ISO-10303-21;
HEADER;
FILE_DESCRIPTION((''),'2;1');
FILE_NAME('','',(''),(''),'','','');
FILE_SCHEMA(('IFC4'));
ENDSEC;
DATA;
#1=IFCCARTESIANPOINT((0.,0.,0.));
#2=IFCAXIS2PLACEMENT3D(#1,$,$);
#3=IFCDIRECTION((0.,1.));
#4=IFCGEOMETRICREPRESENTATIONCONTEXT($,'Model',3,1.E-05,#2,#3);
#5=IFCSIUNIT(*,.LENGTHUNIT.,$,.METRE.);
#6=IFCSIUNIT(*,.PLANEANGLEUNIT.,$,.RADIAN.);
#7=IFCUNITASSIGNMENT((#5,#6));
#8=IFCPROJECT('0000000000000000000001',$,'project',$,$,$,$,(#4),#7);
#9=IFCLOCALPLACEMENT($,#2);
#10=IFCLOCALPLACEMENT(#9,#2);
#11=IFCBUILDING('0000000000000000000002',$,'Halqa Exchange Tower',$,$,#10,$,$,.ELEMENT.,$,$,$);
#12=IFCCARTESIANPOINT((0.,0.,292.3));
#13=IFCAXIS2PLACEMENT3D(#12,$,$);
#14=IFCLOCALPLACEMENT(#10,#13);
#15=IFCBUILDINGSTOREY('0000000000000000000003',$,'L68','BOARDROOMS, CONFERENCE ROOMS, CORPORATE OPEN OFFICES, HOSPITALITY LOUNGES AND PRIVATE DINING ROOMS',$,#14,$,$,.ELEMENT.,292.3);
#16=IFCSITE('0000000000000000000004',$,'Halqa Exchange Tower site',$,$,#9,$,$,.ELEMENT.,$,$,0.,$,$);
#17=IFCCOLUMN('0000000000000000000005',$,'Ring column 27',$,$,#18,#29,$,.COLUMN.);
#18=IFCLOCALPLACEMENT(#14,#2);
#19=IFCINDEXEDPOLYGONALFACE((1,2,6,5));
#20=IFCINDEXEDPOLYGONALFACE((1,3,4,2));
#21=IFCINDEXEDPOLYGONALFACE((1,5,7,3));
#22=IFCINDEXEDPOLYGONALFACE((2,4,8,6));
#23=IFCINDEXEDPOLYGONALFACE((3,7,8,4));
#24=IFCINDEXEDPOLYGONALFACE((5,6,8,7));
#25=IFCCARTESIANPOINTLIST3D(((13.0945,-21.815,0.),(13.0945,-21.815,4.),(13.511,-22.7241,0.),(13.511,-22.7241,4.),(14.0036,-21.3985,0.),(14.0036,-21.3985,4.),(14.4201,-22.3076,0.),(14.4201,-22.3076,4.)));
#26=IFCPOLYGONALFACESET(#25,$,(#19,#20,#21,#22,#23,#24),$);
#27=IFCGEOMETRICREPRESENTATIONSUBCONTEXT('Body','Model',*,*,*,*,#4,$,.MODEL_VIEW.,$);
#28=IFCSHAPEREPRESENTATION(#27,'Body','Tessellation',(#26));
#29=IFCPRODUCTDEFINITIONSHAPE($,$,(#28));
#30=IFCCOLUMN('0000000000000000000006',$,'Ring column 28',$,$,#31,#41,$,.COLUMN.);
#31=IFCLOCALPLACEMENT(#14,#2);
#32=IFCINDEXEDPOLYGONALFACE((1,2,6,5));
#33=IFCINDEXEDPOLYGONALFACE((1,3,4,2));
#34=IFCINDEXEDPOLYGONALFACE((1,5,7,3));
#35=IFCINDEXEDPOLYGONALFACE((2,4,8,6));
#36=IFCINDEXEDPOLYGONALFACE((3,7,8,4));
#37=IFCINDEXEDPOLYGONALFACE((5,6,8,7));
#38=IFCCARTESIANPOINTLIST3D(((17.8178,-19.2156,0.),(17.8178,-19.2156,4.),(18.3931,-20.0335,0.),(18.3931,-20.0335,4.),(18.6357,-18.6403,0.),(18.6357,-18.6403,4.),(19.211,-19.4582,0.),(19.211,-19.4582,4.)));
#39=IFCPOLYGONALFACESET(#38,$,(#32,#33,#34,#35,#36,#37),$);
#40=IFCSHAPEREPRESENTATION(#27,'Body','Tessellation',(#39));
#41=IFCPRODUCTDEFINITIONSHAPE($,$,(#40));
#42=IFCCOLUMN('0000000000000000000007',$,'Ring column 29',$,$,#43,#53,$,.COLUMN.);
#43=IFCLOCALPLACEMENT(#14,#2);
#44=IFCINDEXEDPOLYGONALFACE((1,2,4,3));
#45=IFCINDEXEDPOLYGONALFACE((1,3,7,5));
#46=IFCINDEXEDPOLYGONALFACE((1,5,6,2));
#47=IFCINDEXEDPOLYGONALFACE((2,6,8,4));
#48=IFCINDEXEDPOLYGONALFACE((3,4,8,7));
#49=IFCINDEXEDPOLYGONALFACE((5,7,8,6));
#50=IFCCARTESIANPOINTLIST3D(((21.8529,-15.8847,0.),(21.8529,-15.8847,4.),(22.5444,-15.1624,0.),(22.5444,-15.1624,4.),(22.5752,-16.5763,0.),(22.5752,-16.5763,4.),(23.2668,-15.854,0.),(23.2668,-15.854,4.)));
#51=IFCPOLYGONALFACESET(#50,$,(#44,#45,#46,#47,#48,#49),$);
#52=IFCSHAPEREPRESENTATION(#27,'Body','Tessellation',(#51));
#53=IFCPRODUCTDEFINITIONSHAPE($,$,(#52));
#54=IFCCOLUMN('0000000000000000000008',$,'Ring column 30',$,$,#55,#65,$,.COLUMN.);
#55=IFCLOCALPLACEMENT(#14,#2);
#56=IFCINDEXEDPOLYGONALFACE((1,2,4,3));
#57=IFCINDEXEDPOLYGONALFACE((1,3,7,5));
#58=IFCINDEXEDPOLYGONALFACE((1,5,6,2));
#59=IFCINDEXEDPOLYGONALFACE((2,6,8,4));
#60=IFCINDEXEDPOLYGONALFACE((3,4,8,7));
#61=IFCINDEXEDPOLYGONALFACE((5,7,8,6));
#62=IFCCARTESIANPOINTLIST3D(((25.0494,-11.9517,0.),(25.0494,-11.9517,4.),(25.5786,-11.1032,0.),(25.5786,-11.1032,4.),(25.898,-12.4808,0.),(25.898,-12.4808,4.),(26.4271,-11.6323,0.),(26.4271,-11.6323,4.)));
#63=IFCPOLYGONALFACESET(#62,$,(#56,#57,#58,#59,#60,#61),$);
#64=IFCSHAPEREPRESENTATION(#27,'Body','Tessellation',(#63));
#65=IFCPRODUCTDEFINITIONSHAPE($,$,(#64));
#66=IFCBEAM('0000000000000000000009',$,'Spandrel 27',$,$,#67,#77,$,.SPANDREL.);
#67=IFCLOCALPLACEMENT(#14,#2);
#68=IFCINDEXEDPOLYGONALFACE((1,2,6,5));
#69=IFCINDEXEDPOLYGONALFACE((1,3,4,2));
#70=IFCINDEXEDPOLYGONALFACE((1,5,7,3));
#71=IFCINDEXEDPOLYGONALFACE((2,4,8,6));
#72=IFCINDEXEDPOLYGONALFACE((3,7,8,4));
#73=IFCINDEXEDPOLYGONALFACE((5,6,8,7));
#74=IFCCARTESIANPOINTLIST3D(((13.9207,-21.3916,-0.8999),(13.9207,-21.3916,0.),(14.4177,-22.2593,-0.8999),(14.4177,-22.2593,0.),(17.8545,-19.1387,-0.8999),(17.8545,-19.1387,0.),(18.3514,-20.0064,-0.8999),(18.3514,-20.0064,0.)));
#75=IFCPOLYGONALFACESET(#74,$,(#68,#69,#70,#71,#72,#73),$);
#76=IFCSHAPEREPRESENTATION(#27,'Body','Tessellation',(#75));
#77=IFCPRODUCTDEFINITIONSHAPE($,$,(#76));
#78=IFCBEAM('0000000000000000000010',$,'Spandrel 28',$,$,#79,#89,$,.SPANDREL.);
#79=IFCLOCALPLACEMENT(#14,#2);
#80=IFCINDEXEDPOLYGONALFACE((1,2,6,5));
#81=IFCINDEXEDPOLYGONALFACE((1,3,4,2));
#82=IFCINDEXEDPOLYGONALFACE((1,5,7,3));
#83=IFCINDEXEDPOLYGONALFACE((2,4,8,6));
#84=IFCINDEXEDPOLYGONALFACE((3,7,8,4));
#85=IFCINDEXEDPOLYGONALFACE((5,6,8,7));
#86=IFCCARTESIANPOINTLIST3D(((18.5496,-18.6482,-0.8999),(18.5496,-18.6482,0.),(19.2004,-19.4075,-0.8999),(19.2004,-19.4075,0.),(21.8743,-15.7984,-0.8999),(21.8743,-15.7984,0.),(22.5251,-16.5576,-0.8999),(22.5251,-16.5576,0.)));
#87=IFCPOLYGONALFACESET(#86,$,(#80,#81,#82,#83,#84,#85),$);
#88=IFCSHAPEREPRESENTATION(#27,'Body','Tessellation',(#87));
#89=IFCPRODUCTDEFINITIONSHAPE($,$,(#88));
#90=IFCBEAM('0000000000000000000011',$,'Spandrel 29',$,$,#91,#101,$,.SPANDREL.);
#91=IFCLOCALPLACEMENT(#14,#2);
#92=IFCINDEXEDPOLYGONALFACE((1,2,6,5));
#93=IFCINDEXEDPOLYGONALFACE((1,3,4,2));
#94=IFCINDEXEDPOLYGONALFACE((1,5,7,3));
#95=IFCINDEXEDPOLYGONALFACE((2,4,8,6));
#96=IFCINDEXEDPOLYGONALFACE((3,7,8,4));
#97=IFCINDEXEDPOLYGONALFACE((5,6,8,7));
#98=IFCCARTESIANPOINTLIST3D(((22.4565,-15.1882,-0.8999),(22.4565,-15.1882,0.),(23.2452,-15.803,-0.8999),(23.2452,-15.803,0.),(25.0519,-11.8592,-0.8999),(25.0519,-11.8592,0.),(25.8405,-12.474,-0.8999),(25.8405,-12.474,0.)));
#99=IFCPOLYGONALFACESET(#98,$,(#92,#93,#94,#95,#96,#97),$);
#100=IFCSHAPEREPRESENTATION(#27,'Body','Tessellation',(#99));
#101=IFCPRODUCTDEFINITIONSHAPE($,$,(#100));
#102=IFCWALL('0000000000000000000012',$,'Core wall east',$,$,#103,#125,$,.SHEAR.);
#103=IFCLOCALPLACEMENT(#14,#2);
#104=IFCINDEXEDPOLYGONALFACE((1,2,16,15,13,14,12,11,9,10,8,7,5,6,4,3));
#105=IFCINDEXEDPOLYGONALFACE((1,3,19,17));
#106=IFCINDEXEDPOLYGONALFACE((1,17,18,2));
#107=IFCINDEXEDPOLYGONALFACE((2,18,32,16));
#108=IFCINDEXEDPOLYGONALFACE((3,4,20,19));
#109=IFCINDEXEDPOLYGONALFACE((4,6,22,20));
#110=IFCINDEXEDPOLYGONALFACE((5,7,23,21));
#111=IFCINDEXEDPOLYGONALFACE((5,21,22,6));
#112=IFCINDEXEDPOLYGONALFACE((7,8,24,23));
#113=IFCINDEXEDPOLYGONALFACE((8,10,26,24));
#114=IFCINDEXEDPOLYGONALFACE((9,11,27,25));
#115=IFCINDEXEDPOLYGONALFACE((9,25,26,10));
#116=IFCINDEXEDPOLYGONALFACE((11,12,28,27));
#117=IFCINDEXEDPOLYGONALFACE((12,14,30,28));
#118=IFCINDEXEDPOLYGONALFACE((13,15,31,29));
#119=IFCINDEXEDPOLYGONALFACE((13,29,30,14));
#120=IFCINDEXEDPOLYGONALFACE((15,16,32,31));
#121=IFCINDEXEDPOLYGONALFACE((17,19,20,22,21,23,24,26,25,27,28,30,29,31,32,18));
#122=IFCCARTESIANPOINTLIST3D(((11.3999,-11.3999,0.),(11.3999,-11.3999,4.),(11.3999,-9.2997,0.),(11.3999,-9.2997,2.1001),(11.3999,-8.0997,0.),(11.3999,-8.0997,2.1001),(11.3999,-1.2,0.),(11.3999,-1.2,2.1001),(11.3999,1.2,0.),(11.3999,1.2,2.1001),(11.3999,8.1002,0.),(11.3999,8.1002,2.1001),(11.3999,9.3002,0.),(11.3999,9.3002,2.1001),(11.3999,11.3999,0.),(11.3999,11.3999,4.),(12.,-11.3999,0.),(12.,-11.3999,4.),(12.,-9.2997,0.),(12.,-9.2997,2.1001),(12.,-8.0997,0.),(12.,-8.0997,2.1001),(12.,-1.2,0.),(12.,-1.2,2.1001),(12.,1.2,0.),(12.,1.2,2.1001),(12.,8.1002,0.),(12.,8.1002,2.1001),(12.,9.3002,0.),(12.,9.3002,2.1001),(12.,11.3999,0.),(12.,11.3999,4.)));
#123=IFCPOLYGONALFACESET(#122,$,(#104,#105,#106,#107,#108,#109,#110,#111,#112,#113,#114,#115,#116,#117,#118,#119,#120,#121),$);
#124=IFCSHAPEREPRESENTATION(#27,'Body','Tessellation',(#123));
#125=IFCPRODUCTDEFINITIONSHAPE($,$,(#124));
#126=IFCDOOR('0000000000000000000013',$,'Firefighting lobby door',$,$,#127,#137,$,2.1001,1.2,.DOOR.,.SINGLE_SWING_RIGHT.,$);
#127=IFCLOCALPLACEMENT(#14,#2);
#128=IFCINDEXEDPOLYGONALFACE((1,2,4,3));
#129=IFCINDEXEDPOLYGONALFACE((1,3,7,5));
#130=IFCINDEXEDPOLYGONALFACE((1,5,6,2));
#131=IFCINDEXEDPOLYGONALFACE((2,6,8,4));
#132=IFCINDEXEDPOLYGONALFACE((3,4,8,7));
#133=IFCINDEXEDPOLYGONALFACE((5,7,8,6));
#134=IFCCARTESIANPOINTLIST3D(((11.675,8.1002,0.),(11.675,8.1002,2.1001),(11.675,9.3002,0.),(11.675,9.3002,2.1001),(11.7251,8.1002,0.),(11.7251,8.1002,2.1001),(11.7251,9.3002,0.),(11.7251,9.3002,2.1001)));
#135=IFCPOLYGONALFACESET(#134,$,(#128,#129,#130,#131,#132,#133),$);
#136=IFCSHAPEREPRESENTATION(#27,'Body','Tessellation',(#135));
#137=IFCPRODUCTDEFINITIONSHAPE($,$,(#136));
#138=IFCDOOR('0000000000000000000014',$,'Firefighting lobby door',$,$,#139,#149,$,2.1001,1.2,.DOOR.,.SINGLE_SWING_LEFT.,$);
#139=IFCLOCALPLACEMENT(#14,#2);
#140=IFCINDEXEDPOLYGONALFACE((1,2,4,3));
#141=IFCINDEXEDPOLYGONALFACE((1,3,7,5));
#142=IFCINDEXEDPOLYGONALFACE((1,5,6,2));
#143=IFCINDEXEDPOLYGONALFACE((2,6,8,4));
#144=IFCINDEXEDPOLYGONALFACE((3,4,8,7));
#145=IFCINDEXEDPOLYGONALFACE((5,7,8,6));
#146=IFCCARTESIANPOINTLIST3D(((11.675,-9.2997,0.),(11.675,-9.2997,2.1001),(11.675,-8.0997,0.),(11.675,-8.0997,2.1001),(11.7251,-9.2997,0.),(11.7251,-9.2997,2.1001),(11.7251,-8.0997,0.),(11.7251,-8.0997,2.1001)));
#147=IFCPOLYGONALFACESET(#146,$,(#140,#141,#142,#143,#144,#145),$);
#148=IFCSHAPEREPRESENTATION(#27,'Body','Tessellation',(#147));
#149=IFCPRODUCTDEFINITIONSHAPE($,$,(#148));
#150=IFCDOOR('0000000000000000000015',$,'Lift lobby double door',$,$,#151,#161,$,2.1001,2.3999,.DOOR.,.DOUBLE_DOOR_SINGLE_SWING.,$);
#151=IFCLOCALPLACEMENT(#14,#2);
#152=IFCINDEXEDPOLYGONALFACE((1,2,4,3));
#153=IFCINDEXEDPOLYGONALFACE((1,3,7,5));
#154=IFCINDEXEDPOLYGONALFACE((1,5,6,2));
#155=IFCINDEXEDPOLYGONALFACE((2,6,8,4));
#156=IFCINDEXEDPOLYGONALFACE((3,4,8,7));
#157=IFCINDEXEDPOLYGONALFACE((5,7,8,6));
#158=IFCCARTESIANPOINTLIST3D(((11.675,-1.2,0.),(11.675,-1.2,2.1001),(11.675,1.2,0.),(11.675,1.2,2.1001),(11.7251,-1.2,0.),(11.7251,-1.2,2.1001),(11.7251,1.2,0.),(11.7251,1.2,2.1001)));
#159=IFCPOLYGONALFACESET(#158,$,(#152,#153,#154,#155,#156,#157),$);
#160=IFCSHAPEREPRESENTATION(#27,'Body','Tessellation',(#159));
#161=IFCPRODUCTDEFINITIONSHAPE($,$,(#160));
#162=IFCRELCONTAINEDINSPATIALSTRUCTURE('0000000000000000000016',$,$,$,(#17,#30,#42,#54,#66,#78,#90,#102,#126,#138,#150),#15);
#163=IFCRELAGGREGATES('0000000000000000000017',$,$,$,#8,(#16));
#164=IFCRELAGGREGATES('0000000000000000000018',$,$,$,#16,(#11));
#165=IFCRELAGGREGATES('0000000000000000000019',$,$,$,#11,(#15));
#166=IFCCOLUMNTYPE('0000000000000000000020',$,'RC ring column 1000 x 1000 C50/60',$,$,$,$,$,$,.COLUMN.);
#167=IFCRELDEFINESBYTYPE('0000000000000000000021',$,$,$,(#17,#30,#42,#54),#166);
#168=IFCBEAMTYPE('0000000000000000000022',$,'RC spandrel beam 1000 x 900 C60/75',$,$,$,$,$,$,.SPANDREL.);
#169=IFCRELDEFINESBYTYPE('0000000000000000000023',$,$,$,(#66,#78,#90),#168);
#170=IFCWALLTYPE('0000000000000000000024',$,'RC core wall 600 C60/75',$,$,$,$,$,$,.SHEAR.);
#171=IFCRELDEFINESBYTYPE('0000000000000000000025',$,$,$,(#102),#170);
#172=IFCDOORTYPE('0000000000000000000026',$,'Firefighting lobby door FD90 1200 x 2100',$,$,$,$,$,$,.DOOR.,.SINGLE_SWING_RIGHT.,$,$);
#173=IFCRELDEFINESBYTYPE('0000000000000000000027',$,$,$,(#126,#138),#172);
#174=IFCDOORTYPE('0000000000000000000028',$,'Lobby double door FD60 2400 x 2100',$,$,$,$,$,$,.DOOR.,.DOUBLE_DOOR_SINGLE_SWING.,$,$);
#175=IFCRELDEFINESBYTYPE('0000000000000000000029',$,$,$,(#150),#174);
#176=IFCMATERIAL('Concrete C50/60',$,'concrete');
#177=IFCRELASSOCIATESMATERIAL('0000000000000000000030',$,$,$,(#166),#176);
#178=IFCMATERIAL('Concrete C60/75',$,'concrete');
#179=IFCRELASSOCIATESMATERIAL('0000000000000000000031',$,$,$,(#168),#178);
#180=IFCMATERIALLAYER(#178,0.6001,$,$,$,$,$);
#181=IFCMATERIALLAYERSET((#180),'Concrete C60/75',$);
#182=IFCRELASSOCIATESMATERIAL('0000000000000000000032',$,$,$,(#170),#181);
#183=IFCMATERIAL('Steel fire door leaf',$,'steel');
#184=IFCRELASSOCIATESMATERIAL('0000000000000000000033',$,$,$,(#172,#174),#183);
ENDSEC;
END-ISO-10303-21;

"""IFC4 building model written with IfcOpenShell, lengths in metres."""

from ifc_helpers import new_model, si_unit, direction, frame, frame_2d, origin, origin_2d, place, context, subcontext, project, spatial, rectangle, extrude, material, layer, layer_set, material_profile, profile_set, type_object, element, fill, save


model = new_model("IFC4")

# Units and contexts
model_context = context("Model", 3, precision=1e-05, world=origin(), true_north=direction((0.0, 1.0)))
body_context = subcontext(model_context, "Body", "Model", "MODEL_VIEW")
ifc_project = project(units=[si_unit("LENGTHUNIT", "METRE"), si_unit("PLANEANGLEUNIT", "RADIAN")], contexts=[model_context])

# Site, building, storey
site_placement = place(None, origin())
site = spatial("IfcSite", under=ifc_project, at=site_placement, Name="Halqa Exchange Tower site", CompositionType="ELEMENT", RefElevation=0.0)
building_placement = place(site_placement, origin())
building = spatial("IfcBuilding", under=site, at=building_placement, Name="Halqa Exchange Tower", CompositionType="ELEMENT")
storey_placement = place(building_placement, frame((0.0, 0.0, 292.3)))
storey = spatial("IfcBuildingStorey", under=building, at=storey_placement, Name="L68", Description="BOARDROOMS, CONFERENCE ROOMS, CORPORATE OPEN OFFICES, HOSPITALITY LOUNGES AND PRIVATE DINING ROOMS", CompositionType="ELEMENT", Elevation=292.3)

# Columns
ifc_material_1 = material(Name="Concrete C50/60", Category="concrete")
ifc_material_profile_1 = material_profile(ifc_material_1, rectangle(XDim=1.0, YDim=1.0, at=origin_2d()), Name="1000 x 1000")
ifc_profile_set_1 = profile_set([ifc_material_profile_1], Name="Concrete C50/60")
column_type = type_object("IfcColumnType", Name="RC ring column 1000 x 1000 C50/60", PredefinedType="COLUMN", material=ifc_profile_set_1)
for number, where, z_axis, x_axis, name in (
    (1, (13.7573, -22.0613, 0.0), (0.0, 0.0, 1.0), (0.909129, 0.416516, 0.0), "Ring column 27"),
    (2, (18.5144, -19.3369, 0.0), (0.0, 0.0, 1.0), (0.817906, 0.575352, 0.0), "Ring column 28"),
    (3, (22.5598, -15.8694, 0.0), (0.0, 0.0, 1.0), (0.691575, 0.722305, 0.0), "Ring column 29"),
    (4, (25.7383, -11.792, 0.0), (0.0, 0.0, 1.0), (0.529142, 0.848533, 0.0), "Ring column 30"),
):
    element("IfcColumn", number, at=place(storey_placement, frame(where, z_axis=z_axis, x_axis=x_axis)), inside=storey, type_object=column_type, Name=name, PredefinedType="COLUMN", context=body_context, shape_type="SweptSolid", body=[
        extrude(rectangle(XDim=1.0, YDim=1.0, at=origin_2d()), origin(), (0.0, 0.0, 1.0), 4.0),
    ])

# Beams
ifc_material_2 = material(Name="Concrete C60/75", Category="concrete")
ifc_material_profile_2 = material_profile(ifc_material_2, rectangle(XDim=1.0, YDim=0.8999, at=origin_2d()), Name="1000 x 900")
ifc_profile_set_2 = profile_set([ifc_material_profile_2], Name="Concrete C60/75")
beam_type = type_object("IfcBeamType", Name="RC spandrel beam 1000 x 900 C60/75", PredefinedType="SPANDREL", material=ifc_profile_set_2)
beam_1_placement = place(storey_placement, frame((14.1692, -21.8254, -0.45), z_axis=(0.867766, 0.496974, 0.0), x_axis=(-0.496974, 0.867766, 0.0)))
element("IfcBeam", 5, at=beam_1_placement, inside=storey, type_object=beam_type, Name="Spandrel 27", PredefinedType="SPANDREL", context=body_context, shape_type="SweptSolid", body=[
    extrude(rectangle(XDim=1.0, YDim=0.8999, at=origin_2d()), origin(), (0.0, 0.0, 1.0), 4.5332),
])
beam_2_placement = place(storey_placement, frame((18.875, -19.0278, -0.45), z_axis=(0.759245, 0.650805, 0.0), x_axis=(-0.650805, 0.759245, 0.0)))
element("IfcBeam", 6, at=beam_2_placement, inside=storey, type_object=beam_type, Name="Spandrel 28", PredefinedType="SPANDREL", context=body_context, shape_type="SweptSolid", body=[
    extrude(rectangle(XDim=1.0, YDim=0.8999, at=origin_2d()), origin(), (0.0, 0.0, 1.0), 4.3789),
])
beam_3_placement = place(storey_placement, frame((22.8508, -15.4956, -0.45), z_axis=(0.614849, 0.788645, 0.0), x_axis=(-0.788645, 0.614849, 0.0)))
element("IfcBeam", 7, at=beam_3_placement, inside=storey, type_object=beam_type, Name="Spandrel 29", PredefinedType="SPANDREL", context=body_context, shape_type="SweptSolid", body=[
    extrude(rectangle(XDim=1.0, YDim=0.8999, at=origin_2d()), origin(), (0.0, 0.0, 1.0), 4.2212),
])

# Wall, openings, doors
ifc_material_3 = material(Name="Steel fire door leaf", Category="steel")
ifc_layer_1 = layer(ifc_material_2, 0.6001)
ifc_layer_set_1 = layer_set([ifc_layer_1], Name="Concrete C60/75")
wall_type_1 = type_object("IfcWallType", Name="RC core wall 600 C60/75", PredefinedType="SHEAR", material=ifc_layer_set_1)
wall_1_placement = place(storey_placement, frame((11.7, -11.3999, 0.0), z_axis=(0.0, 0.0, 1.0), x_axis=(0.0, 1.0, 0.0)))
wall_1 = element("IfcWall", 8, at=wall_1_placement, inside=storey, type_object=wall_type_1, Name="Core wall east", PredefinedType="SHEAR", context=body_context, shape_type="SweptSolid", body=[
    extrude(rectangle(XDim=22.7998, YDim=0.6001, at=frame_2d((11.3999, 0.0))), origin(), (0.0, 0.0, 1.0), 4.0),
])
opening_1_placement = place(wall_1_placement, frame((10.2, 0.0, 0.0)))
opening_1 = element("IfcOpeningElement", 9, at=opening_1_placement, cuts=wall_1, PredefinedType="OPENING", context=body_context, shape_type="SweptSolid", body=[
    extrude(rectangle(XDim=2.3999, YDim=2.1001, at=frame_2d((1.2, 1.05))), frame((0.0, 0.312, 0.0), z_axis=(0.0, -1.0, 0.0), x_axis=(1.0, 0.0, 0.0)), (0.0, 0.0, 1.0), 0.624),
])
opening_2_placement = place(wall_1_placement, frame((19.5, 0.0, 0.0)))
opening_2 = element("IfcOpeningElement", 10, at=opening_2_placement, cuts=wall_1, PredefinedType="OPENING", context=body_context, shape_type="SweptSolid", body=[
    extrude(rectangle(XDim=1.2, YDim=2.1001, at=frame_2d((0.6001, 1.05))), frame((0.0, 0.312, 0.0), z_axis=(0.0, -1.0, 0.0), x_axis=(1.0, 0.0, 0.0)), (0.0, 0.0, 1.0), 0.624),
])
opening_3_placement = place(wall_1_placement, frame((2.1001, 0.0, 0.0)))
opening_3 = element("IfcOpeningElement", 11, at=opening_3_placement, cuts=wall_1, PredefinedType="OPENING", context=body_context, shape_type="SweptSolid", body=[
    extrude(rectangle(XDim=1.2, YDim=2.1001, at=frame_2d((0.6001, 1.05))), frame((0.0, 0.312, 0.0), z_axis=(0.0, -1.0, 0.0), x_axis=(1.0, 0.0, 0.0)), (0.0, 0.0, 1.0), 0.624),
])
door_type_1 = type_object("IfcDoorType", Name="Firefighting lobby door FD90 1200 x 2100", OperationType="SINGLE_SWING_RIGHT", PredefinedType="DOOR", material=ifc_material_3)
door_1_placement = place(opening_2_placement, origin())
door_1 = element("IfcDoor", 12, at=door_1_placement, inside=storey, type_object=door_type_1, Name="Firefighting lobby door", OperationType="SINGLE_SWING_RIGHT", OverallHeight=2.1001, OverallWidth=1.2, PredefinedType="DOOR", context=body_context, shape_type="SweptSolid", body=[
    extrude(rectangle(XDim=1.2, YDim=2.1001, at=frame_2d((0.6001, 1.05))), frame((0.0, 0.0249, 0.0), z_axis=(0.0, -1.0, 0.0), x_axis=(1.0, 0.0, 0.0)), (0.0, 0.0, 1.0), 0.05),
])
fill(opening_2, door_1)
door_2_placement = place(opening_3_placement, origin())
door_2 = element("IfcDoor", 13, at=door_2_placement, inside=storey, type_object=door_type_1, Name="Firefighting lobby door", OperationType="SINGLE_SWING_LEFT", OverallHeight=2.1001, OverallWidth=1.2, PredefinedType="DOOR", context=body_context, shape_type="SweptSolid", body=[
    extrude(rectangle(XDim=1.2, YDim=2.1001, at=frame_2d((0.6001, 1.05))), frame((0.0, 0.0249, 0.0), z_axis=(0.0, -1.0, 0.0), x_axis=(1.0, 0.0, 0.0)), (0.0, 0.0, 1.0), 0.05),
])
fill(opening_3, door_2)
door_type_2 = type_object("IfcDoorType", Name="Lobby double door FD60 2400 x 2100", OperationType="DOUBLE_DOOR_SINGLE_SWING", PredefinedType="DOOR", material=ifc_material_3)
door_3_placement = place(opening_1_placement, origin())
door_3 = element("IfcDoor", 14, at=door_3_placement, inside=storey, type_object=door_type_2, Name="Lift lobby double door", OperationType="DOUBLE_DOOR_SINGLE_SWING", OverallHeight=2.1001, OverallWidth=2.3999, PredefinedType="DOOR", context=body_context, shape_type="SweptSolid", body=[
    extrude(rectangle(XDim=2.3999, YDim=2.1001, at=frame_2d((1.2, 1.05))), frame((0.0, 0.0249, 0.0), z_axis=(0.0, -1.0, 0.0), x_axis=(1.0, 0.0, 0.0)), (0.0, 0.0, 1.0), 0.05),
])
fill(opening_1, door_3)

save(model, "model.ifc")
